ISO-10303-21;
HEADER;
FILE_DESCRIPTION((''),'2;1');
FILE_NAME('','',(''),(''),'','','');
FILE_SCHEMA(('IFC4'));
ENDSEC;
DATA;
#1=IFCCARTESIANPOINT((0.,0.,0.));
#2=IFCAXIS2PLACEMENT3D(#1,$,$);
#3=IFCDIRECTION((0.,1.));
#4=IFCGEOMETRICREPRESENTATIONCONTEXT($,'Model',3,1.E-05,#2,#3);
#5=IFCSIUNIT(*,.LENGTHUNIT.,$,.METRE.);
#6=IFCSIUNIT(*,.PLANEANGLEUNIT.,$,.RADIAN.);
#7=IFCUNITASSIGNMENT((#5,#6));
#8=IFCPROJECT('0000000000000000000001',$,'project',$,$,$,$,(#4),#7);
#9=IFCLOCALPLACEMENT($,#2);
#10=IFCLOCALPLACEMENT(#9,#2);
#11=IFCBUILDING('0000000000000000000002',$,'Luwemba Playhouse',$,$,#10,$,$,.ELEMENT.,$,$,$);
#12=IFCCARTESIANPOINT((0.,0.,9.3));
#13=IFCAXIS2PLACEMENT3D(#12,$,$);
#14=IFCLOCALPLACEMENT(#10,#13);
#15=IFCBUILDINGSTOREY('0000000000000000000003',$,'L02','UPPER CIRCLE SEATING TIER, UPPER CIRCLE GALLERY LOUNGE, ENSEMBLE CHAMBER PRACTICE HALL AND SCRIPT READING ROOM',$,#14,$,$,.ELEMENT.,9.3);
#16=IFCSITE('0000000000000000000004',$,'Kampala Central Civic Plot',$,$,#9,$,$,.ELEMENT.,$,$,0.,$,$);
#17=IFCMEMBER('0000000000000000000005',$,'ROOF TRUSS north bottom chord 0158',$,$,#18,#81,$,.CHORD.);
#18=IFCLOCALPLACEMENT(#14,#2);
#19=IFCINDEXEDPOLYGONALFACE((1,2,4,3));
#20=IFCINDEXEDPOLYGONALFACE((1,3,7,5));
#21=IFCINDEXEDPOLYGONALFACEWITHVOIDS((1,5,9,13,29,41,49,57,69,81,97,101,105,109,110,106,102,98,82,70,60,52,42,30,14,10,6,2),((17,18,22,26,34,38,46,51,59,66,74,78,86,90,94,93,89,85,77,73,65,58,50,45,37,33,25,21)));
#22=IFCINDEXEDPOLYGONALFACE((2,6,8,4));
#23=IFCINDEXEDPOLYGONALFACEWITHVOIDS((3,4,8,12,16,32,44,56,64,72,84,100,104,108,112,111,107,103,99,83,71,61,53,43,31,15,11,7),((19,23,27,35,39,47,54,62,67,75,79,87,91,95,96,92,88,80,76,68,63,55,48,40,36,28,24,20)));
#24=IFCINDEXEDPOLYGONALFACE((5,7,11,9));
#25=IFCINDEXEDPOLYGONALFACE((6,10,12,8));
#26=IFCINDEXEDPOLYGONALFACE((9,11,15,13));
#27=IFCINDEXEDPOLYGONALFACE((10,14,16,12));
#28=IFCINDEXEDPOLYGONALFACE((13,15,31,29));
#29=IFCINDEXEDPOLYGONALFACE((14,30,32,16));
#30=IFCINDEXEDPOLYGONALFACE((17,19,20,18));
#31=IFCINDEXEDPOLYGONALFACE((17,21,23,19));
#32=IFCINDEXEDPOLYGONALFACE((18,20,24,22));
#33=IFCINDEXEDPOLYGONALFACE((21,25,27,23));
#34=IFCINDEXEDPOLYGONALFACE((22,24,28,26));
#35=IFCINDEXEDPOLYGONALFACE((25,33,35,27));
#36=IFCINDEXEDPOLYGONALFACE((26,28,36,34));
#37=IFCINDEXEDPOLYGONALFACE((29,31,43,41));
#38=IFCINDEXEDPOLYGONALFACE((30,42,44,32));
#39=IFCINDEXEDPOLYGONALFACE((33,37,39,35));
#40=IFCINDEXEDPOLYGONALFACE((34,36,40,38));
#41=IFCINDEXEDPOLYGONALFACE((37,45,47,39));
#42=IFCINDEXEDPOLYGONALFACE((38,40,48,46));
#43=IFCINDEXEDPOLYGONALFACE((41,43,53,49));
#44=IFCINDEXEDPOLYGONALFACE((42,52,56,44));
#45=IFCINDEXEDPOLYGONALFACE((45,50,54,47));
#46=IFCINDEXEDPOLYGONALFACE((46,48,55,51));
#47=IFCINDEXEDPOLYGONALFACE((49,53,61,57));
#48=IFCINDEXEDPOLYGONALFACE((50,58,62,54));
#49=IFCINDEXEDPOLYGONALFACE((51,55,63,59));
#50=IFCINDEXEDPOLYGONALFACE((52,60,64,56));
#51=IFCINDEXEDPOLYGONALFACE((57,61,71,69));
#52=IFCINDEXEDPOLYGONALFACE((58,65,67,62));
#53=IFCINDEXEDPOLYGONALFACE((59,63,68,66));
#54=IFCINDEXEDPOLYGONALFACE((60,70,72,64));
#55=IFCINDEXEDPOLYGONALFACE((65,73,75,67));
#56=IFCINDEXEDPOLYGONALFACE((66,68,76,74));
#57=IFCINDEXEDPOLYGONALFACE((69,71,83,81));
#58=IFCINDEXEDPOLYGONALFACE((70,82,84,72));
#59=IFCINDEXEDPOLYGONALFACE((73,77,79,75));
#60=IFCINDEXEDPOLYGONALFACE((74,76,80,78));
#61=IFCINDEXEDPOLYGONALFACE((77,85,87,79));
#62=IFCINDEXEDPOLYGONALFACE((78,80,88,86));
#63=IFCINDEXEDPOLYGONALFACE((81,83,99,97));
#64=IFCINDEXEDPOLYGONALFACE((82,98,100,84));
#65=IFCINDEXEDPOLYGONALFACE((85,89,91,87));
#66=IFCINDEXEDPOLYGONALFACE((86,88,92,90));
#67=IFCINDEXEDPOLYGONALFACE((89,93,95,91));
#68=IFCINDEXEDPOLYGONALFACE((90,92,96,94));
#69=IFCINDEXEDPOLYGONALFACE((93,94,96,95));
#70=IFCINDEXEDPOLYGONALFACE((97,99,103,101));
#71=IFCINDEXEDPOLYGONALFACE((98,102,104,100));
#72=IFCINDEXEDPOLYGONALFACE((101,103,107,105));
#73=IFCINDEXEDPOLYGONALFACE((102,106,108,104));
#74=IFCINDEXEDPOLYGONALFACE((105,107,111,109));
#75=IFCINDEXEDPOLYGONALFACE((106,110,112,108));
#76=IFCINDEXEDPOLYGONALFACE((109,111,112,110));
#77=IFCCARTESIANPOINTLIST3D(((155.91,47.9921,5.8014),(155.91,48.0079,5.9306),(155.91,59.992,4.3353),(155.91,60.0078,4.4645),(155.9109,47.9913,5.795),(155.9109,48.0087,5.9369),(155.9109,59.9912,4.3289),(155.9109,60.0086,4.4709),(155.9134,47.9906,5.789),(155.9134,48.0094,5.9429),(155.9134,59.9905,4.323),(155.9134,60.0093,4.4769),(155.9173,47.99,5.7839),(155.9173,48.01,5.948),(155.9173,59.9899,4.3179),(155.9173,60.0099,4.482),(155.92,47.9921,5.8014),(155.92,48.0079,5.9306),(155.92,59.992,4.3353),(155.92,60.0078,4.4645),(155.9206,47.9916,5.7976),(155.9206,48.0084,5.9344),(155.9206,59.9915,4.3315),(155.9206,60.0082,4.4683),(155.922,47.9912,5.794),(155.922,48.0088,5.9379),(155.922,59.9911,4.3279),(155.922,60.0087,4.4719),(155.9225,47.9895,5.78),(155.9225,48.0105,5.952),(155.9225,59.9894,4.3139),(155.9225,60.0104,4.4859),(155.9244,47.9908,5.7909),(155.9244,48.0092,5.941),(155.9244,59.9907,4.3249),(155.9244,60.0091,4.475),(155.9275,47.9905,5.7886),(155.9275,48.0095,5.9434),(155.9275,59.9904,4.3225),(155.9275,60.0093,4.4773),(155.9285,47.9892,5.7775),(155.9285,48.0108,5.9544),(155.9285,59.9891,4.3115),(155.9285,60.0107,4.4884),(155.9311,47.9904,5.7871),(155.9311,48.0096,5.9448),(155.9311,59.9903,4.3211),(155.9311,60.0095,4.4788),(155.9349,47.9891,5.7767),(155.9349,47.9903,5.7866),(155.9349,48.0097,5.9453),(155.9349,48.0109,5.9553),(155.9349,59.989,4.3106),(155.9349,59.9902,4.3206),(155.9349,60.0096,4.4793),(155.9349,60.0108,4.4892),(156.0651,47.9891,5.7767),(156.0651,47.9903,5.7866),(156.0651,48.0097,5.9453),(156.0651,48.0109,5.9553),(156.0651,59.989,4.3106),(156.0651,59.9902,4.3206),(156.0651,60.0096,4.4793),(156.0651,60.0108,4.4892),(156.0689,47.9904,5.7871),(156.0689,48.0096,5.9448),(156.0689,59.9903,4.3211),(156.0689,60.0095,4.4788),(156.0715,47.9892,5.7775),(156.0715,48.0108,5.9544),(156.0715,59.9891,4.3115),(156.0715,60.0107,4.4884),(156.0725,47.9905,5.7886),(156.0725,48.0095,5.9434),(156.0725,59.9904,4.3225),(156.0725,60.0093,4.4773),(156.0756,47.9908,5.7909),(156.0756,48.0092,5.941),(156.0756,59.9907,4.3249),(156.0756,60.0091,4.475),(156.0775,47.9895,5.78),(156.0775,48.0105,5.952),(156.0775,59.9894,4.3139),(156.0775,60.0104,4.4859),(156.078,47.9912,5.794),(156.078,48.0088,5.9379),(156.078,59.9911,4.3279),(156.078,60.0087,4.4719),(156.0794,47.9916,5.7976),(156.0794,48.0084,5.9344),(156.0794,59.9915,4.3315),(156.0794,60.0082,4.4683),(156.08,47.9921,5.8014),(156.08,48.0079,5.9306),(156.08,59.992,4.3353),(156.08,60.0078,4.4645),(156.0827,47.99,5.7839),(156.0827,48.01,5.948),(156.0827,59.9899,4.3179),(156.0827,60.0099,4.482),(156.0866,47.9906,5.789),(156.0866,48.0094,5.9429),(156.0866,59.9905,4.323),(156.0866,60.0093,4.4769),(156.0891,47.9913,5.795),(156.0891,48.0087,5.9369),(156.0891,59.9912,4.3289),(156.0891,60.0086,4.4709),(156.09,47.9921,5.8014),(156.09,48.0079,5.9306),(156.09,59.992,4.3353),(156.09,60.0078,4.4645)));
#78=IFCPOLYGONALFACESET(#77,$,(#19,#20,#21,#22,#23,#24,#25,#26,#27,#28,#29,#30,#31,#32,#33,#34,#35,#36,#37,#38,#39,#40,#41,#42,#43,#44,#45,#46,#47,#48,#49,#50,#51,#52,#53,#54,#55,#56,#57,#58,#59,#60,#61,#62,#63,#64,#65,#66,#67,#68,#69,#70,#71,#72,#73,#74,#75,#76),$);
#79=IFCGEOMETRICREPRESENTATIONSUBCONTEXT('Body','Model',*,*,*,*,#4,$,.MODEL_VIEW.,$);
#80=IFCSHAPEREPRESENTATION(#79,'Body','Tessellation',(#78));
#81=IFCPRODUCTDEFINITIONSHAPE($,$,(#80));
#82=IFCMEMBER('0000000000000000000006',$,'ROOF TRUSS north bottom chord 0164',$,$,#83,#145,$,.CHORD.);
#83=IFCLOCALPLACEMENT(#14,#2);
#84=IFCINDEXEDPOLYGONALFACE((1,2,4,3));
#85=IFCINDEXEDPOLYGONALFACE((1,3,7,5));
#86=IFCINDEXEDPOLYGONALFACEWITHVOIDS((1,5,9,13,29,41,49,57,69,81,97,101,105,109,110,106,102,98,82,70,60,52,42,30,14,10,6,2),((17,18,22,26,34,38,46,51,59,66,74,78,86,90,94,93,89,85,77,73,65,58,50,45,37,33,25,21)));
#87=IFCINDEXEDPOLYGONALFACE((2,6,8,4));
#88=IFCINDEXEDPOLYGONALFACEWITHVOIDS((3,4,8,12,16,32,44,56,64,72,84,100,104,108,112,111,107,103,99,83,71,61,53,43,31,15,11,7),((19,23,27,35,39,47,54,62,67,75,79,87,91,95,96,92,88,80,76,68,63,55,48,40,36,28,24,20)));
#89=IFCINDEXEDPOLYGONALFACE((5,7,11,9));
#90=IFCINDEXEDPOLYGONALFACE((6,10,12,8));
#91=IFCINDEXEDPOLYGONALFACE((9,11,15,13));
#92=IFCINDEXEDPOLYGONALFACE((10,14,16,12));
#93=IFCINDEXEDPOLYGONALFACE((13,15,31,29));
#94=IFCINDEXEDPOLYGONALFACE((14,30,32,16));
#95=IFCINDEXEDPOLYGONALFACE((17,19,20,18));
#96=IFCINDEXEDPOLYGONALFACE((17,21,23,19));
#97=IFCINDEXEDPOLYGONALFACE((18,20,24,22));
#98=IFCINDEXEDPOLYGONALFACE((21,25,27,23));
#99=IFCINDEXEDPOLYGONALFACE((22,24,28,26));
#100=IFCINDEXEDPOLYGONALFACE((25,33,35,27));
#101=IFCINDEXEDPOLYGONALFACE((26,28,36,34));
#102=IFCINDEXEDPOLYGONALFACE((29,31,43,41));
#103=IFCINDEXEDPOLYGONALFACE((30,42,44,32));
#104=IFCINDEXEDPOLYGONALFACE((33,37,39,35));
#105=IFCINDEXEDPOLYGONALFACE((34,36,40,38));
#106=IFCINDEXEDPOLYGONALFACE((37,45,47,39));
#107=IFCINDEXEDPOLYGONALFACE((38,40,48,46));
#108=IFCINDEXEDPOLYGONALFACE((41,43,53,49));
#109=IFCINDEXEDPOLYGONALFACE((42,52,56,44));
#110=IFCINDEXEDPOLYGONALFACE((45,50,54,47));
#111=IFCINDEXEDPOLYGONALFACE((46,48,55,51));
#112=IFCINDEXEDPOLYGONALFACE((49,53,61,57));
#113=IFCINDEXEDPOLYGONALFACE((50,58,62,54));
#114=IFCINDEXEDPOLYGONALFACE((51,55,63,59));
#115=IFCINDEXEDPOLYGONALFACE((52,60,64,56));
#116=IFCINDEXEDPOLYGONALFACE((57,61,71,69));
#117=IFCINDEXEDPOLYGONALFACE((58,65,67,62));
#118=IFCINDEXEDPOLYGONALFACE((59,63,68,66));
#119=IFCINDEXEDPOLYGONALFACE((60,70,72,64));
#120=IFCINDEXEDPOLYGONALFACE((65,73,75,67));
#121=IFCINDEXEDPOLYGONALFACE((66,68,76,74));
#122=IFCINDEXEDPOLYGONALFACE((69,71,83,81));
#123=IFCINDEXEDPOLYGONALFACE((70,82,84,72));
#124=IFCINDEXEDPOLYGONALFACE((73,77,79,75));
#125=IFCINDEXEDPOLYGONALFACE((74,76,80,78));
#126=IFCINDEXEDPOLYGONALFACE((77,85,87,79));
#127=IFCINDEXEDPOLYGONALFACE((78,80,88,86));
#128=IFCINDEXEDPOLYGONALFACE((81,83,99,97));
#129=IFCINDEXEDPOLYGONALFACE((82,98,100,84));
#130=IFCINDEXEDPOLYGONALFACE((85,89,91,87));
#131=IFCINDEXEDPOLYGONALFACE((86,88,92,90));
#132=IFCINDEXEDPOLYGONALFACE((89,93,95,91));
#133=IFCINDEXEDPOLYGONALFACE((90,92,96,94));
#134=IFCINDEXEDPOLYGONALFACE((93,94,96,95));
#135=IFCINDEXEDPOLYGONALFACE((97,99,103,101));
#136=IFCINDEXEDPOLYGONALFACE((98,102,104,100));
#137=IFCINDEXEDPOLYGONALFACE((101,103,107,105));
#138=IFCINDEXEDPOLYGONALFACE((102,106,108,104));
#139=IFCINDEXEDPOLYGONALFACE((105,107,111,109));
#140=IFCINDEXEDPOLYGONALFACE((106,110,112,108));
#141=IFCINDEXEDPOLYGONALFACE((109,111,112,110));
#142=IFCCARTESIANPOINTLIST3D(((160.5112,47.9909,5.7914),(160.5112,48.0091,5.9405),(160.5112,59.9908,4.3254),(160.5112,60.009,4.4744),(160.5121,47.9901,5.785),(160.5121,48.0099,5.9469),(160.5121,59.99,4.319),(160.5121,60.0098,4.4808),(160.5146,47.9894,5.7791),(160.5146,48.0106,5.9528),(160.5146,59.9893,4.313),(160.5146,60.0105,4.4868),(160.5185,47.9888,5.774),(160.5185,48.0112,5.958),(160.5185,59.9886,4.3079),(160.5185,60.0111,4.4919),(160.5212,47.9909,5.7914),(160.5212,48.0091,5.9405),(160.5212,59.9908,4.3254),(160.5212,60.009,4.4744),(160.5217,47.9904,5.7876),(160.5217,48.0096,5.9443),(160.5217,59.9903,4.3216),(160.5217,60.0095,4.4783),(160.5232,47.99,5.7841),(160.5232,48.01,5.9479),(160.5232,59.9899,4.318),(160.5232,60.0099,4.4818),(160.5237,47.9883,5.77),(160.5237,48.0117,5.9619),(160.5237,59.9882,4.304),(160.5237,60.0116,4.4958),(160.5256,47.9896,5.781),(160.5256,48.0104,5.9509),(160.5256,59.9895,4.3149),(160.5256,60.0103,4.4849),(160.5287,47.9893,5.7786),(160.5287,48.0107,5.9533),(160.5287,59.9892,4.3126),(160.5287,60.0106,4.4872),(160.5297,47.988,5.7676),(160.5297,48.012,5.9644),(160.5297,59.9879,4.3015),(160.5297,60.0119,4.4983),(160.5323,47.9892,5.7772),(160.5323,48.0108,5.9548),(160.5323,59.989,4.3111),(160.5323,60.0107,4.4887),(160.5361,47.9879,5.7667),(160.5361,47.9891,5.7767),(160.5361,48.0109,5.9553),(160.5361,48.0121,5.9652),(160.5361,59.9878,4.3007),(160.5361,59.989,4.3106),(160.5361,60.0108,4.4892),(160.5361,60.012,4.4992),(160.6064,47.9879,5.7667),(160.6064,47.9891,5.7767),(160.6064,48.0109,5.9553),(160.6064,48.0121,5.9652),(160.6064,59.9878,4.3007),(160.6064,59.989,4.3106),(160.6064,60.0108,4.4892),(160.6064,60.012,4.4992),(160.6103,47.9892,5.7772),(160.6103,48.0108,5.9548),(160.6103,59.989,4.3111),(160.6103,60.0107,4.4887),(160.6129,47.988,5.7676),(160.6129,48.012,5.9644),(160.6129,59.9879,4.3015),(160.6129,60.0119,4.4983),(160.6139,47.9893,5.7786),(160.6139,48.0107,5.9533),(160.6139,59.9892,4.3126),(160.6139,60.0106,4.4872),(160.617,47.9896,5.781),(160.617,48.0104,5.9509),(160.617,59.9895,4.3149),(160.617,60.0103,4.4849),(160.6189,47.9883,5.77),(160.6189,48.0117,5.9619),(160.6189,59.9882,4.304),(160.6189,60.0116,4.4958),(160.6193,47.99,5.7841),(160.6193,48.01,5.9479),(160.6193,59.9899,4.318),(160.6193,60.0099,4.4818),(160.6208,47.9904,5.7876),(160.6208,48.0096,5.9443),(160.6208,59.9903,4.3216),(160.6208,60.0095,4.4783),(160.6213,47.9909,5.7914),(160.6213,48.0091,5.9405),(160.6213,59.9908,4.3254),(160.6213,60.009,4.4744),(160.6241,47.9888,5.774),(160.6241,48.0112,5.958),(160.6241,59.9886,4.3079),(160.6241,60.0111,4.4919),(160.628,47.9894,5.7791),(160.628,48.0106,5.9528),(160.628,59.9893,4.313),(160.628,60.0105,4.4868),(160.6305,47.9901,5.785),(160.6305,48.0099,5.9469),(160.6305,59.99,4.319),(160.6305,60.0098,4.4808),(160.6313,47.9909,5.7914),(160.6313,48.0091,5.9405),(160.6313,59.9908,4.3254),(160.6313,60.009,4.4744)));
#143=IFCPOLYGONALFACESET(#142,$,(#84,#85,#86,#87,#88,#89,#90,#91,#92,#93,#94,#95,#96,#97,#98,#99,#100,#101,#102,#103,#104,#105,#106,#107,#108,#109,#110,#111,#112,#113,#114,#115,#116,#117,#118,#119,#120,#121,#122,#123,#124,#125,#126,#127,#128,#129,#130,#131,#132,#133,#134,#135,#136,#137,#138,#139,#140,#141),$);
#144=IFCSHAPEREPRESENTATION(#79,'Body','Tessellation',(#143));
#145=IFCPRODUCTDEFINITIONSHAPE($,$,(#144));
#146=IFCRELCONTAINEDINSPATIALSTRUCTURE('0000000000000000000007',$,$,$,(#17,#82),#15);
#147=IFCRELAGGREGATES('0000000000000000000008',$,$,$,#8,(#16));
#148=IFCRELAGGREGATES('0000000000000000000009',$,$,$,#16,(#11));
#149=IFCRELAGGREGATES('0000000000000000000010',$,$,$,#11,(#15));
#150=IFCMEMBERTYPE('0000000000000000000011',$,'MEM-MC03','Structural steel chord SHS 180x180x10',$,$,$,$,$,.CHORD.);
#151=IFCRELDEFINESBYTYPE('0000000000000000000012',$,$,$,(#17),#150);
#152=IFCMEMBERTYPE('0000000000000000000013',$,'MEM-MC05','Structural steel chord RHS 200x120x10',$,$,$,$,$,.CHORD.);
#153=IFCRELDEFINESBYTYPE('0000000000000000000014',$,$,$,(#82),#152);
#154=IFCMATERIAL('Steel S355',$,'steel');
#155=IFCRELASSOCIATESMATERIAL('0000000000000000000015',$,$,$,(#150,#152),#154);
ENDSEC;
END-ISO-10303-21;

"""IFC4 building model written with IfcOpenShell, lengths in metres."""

from ifc_helpers import new_model, si_unit, direction, frame, origin, origin_2d, place, context, subcontext, project, spatial, hollow_rectangle, extrude, material, material_profile, profile_set, type_object, element, save


model = new_model("IFC4")

# Units and contexts
model_context = context("Model", 3, precision=1e-05, world=origin(), true_north=direction((0.0, 1.0)))
body_context = subcontext(model_context, "Body", "Model", "MODEL_VIEW")
ifc_project = project(units=[si_unit("LENGTHUNIT", "METRE"), si_unit("PLANEANGLEUNIT", "RADIAN")], contexts=[model_context])

# Site, building, storey
site_placement = place(None, origin())
site = spatial("IfcSite", under=ifc_project, at=site_placement, Name="Kampala Central Civic Plot", CompositionType="ELEMENT", RefElevation=0.0)
building_placement = place(site_placement, origin())
building = spatial("IfcBuilding", under=site, at=building_placement, Name="Luwemba Playhouse", CompositionType="ELEMENT")
storey_placement = place(building_placement, frame((0.0, 0.0, 9.3)))
storey = spatial("IfcBuildingStorey", under=building, at=storey_placement, Name="L02", Description="UPPER CIRCLE SEATING TIER, UPPER CIRCLE GALLERY LOUNGE, ENSEMBLE CHAMBER PRACTICE HALL AND SCRIPT READING ROOM", CompositionType="ELEMENT", Elevation=9.3)

# Shared definitions
ifc_material_1 = material(Name="Steel S355", Category="steel")

# Members
ifc_material_profile_1 = material_profile(ifc_material_1, hollow_rectangle(XDim=0.1799, YDim=0.1799, WallThickness=0.01, InnerFilletRadius=0.0149, OuterFilletRadius=0.0249, at=origin_2d()))
ifc_profile_set_1 = profile_set([ifc_material_profile_1], Name="Steel S355")
member_type_1 = type_object("IfcMemberType", Name="MEM-MC03", Description="Structural steel chord SHS 180x180x10", PredefinedType="CHORD", material=ifc_profile_set_1)
member_1_placement = place(storey_placement, frame((156.0, 48.0, 5.866), z_axis=(0.0, 0.99262, -0.12127), x_axis=(-1.0, 0.0, 0.0)))
element("IfcMember", 1, at=member_1_placement, inside=storey, type_object=member_type_1, Name="ROOF TRUSS north bottom chord 0158", PredefinedType="CHORD", context=body_context, shape_type="SweptSolid", body=[
    extrude(hollow_rectangle(XDim=0.1799, YDim=0.1799, WallThickness=0.01, InnerFilletRadius=0.0149, OuterFilletRadius=0.0249, at=origin_2d()), origin(), (0.0, 0.0, 1.0), 12.0891),
])
ifc_material_profile_2 = material_profile(ifc_material_1, hollow_rectangle(XDim=0.1201, YDim=0.2, WallThickness=0.01, InnerFilletRadius=0.0149, OuterFilletRadius=0.0249, at=origin_2d()))
ifc_profile_set_2 = profile_set([ifc_material_profile_2], Name="Steel S355")
member_type_2 = type_object("IfcMemberType", Name="MEM-MC05", Description="Structural steel chord RHS 200x120x10", PredefinedType="CHORD", material=ifc_profile_set_2)
member_2_placement = place(storey_placement, frame((160.5713, 48.0, 5.866), z_axis=(0.0, 0.99262, -0.12127), x_axis=(-1.0, 0.0, 0.0)))
element("IfcMember", 2, at=member_2_placement, inside=storey, type_object=member_type_2, Name="ROOF TRUSS north bottom chord 0164", PredefinedType="CHORD", context=body_context, shape_type="SweptSolid", body=[
    extrude(hollow_rectangle(XDim=0.1201, YDim=0.2, WallThickness=0.01, InnerFilletRadius=0.0149, OuterFilletRadius=0.0249, at=origin_2d()), origin(), (0.0, 0.0, 1.0), 12.0891),
])

save(model, "model.ifc")
